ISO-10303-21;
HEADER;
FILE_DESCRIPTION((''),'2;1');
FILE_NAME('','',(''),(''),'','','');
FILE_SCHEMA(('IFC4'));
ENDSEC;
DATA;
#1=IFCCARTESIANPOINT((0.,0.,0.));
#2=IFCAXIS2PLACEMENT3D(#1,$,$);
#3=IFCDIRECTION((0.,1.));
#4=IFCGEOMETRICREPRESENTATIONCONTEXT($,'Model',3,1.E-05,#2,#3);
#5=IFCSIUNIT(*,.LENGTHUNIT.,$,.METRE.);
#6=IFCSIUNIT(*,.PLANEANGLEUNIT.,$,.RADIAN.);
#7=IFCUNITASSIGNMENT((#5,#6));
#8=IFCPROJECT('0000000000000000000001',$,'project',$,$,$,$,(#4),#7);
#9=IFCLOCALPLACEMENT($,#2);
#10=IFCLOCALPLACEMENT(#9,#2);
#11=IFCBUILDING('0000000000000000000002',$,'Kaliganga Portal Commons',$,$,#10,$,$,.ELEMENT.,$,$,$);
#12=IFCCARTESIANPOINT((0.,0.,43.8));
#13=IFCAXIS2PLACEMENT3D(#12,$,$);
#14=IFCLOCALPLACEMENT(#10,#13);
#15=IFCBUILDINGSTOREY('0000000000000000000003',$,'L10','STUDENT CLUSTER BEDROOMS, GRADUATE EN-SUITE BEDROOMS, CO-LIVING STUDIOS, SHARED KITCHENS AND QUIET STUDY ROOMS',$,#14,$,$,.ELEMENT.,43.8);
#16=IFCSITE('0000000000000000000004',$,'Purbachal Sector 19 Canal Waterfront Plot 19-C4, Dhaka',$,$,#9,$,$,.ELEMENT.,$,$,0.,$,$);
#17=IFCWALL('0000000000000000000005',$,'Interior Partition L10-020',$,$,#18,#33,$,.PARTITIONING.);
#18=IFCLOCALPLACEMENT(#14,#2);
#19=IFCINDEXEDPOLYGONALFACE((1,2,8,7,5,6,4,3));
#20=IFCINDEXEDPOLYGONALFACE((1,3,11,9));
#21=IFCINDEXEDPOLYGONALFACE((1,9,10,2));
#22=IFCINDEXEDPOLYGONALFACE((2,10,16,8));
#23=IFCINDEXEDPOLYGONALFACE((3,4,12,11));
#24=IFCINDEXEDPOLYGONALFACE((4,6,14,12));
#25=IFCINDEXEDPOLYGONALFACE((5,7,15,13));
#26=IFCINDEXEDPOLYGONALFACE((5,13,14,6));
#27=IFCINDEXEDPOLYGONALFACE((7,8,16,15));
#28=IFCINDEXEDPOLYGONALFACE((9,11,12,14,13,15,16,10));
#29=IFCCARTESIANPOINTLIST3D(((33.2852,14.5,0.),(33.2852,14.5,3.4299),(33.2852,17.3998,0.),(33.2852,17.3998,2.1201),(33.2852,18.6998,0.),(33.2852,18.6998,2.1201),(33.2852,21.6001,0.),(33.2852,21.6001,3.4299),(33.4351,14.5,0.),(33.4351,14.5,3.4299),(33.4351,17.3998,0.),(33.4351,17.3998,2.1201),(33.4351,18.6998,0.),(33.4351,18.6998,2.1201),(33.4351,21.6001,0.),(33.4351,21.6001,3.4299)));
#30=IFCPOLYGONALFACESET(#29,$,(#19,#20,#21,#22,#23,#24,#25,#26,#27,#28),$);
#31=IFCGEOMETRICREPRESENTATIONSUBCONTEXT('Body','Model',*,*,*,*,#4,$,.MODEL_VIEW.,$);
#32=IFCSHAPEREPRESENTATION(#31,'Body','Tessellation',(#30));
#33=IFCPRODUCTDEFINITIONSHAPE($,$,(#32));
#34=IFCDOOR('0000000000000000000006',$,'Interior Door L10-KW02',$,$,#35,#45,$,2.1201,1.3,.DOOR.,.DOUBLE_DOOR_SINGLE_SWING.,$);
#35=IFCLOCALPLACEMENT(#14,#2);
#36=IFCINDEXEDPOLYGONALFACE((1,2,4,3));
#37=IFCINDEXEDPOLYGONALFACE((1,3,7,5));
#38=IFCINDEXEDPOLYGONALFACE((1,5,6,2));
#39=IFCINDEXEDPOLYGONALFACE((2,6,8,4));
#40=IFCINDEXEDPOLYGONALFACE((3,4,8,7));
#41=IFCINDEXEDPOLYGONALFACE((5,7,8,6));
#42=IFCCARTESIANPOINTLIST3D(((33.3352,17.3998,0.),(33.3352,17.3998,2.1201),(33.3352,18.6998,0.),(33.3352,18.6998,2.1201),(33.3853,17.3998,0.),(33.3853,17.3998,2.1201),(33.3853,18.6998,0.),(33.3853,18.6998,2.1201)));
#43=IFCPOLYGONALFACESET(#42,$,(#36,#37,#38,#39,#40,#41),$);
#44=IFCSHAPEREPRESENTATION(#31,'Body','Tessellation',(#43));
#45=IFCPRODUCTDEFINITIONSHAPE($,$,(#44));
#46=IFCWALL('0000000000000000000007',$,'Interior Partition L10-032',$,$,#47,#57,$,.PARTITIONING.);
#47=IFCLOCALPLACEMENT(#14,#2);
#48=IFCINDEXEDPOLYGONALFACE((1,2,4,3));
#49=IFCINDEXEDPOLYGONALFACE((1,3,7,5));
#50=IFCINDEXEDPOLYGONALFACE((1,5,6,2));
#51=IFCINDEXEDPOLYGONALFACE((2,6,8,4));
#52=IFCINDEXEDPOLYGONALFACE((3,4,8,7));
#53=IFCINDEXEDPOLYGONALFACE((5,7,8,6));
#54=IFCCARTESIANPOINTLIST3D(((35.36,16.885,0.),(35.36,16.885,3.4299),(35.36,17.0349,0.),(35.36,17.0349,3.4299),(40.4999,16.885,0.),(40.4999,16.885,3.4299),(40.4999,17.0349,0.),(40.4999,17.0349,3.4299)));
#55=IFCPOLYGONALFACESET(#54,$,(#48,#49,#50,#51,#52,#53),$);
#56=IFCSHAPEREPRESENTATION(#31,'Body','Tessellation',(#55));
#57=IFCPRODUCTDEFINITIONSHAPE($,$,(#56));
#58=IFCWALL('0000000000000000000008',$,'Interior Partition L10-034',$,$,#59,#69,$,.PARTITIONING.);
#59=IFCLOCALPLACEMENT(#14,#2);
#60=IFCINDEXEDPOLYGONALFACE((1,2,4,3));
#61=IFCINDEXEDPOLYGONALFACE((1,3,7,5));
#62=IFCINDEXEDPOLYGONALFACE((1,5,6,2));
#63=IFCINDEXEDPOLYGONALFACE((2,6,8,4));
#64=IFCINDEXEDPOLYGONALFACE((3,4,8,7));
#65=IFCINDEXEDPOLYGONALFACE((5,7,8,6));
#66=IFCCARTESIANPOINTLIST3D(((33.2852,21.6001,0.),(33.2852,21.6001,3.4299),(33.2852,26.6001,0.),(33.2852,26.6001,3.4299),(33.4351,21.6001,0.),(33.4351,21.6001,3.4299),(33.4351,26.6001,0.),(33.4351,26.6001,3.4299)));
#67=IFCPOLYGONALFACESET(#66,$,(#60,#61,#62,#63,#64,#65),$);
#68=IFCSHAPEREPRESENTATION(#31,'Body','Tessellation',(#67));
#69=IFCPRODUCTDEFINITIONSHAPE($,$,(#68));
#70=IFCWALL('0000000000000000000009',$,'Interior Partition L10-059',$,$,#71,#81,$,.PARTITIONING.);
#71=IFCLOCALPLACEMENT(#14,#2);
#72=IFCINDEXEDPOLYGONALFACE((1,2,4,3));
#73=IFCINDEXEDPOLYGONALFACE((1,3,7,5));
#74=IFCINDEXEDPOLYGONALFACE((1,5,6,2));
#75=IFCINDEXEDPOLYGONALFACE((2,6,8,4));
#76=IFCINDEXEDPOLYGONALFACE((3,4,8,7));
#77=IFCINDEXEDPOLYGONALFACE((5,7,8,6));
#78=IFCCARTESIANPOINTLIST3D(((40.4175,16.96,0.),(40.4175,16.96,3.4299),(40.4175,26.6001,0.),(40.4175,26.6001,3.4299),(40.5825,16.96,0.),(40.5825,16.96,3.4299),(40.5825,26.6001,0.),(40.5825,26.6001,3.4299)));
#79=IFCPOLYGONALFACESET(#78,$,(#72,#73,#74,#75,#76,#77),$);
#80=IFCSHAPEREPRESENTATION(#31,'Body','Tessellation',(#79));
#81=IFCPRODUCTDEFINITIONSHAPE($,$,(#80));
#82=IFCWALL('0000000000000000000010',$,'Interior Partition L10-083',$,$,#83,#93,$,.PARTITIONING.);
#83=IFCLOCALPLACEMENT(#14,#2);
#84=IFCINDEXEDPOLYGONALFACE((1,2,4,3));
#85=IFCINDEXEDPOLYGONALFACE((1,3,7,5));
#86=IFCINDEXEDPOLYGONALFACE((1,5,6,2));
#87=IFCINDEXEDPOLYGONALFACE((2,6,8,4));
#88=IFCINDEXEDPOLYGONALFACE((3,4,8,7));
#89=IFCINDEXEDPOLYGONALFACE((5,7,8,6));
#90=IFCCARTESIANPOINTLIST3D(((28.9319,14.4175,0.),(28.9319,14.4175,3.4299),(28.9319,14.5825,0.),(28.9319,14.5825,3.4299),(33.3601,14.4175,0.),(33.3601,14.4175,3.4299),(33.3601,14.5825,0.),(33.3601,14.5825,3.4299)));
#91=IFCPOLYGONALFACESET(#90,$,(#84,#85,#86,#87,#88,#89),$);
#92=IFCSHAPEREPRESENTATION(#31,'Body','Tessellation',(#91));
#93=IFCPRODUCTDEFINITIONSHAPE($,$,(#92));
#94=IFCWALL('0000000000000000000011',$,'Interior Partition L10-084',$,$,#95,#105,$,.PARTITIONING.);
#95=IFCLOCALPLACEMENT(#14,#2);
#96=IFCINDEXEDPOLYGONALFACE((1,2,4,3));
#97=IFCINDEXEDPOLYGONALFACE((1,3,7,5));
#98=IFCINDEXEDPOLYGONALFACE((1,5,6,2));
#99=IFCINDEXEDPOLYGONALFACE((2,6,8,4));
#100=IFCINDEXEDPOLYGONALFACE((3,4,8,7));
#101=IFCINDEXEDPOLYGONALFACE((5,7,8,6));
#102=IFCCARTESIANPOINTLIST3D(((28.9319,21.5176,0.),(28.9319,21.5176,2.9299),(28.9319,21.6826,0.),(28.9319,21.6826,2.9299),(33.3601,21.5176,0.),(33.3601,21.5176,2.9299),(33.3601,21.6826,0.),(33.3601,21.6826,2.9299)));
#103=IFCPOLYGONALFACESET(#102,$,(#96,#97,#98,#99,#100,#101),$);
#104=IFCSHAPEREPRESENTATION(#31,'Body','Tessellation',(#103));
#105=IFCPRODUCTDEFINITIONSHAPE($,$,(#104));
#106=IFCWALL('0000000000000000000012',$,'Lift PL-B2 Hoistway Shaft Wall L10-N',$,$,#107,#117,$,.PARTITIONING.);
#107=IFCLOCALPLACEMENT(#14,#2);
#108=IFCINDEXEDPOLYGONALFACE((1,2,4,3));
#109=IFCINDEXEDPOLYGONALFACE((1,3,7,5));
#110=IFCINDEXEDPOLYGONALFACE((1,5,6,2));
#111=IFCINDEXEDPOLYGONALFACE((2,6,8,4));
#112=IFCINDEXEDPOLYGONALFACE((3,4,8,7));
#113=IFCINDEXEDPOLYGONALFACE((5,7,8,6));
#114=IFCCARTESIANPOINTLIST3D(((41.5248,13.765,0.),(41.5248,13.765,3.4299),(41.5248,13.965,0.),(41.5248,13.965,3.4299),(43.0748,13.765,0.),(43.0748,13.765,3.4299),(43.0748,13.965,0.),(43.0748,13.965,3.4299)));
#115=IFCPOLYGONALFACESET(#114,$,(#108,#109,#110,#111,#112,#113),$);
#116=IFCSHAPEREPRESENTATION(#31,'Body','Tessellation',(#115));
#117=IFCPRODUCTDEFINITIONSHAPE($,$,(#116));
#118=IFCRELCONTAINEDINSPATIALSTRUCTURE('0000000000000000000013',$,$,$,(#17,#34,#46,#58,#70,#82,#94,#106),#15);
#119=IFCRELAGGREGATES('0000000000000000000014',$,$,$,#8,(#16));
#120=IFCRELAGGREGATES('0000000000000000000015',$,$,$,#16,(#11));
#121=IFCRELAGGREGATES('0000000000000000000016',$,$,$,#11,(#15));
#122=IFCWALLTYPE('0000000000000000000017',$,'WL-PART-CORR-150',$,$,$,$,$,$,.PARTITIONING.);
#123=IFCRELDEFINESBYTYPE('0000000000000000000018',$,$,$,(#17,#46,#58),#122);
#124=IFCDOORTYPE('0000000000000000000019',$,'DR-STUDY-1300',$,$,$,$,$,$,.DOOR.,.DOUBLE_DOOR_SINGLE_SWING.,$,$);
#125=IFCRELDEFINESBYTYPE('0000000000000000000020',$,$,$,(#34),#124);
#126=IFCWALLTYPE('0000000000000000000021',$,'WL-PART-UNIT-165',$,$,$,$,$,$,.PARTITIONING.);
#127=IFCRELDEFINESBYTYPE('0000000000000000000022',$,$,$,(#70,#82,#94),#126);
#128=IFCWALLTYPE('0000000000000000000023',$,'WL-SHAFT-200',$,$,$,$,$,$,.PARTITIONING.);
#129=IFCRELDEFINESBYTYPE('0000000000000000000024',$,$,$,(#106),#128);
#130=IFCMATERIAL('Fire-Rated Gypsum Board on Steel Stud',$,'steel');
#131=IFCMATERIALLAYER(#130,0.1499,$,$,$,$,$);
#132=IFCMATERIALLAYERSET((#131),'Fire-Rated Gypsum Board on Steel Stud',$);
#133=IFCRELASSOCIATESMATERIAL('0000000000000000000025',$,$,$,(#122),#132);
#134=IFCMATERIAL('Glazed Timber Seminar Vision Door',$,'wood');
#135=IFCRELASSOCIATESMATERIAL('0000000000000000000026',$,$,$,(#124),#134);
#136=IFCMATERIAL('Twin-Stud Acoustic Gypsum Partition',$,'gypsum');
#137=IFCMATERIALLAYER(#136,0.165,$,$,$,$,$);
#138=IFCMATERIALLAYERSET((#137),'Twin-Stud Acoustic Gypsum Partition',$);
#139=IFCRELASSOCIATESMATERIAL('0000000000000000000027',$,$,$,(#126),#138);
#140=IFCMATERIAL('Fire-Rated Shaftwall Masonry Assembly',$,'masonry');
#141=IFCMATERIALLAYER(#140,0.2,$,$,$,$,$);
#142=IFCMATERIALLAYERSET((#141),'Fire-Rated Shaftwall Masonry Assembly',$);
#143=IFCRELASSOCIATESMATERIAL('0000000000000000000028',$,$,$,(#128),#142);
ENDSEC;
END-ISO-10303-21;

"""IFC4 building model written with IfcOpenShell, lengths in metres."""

from ifc_helpers import new_model, si_unit, direction, frame, frame_2d, origin, place, context, subcontext, project, spatial, rectangle, extrude, material, layer, layer_set, type_object, element, fill, save


model = new_model("IFC4")

# Units and contexts
model_context = context("Model", 3, precision=1e-05, world=origin(), true_north=direction((0.0, 1.0)))
body_context = subcontext(model_context, "Body", "Model", "MODEL_VIEW")
ifc_project = project(units=[si_unit("LENGTHUNIT", "METRE"), si_unit("PLANEANGLEUNIT", "RADIAN")], contexts=[model_context])

# Site, building, storey
site_placement = place(None, origin())
site = spatial("IfcSite", under=ifc_project, at=site_placement, Name="Purbachal Sector 19 Canal Waterfront Plot 19-C4, Dhaka", CompositionType="ELEMENT", RefElevation=0.0)
building_placement = place(site_placement, origin())
building = spatial("IfcBuilding", under=site, at=building_placement, Name="Kaliganga Portal Commons", CompositionType="ELEMENT")
storey_placement = place(building_placement, frame((0.0, 0.0, 43.8)))
storey = spatial("IfcBuildingStorey", under=building, at=storey_placement, Name="L10", Description="STUDENT CLUSTER BEDROOMS, GRADUATE EN-SUITE BEDROOMS, CO-LIVING STUDIOS, SHARED KITCHENS AND QUIET STUDY ROOMS", CompositionType="ELEMENT", Elevation=43.8)

# Wall, opening, door
ifc_material_1 = material(Name="Fire-Rated Gypsum Board on Steel Stud", Category="steel")
ifc_layer_1 = layer(ifc_material_1, 0.1499)
ifc_layer_set_1 = layer_set([ifc_layer_1], Name="Fire-Rated Gypsum Board on Steel Stud")
wall_type_1 = type_object("IfcWallType", Name="WL-PART-CORR-150", PredefinedType="PARTITIONING", material=ifc_layer_set_1)
ifc_material_2 = material(Name="Glazed Timber Seminar Vision Door", Category="wood")
door_type = type_object("IfcDoorType", Name="DR-STUDY-1300", OperationType="DOUBLE_DOOR_SINGLE_SWING", PredefinedType="DOOR", material=ifc_material_2)
wall_1_placement = place(storey_placement, frame((33.3601, 14.5, 0.0), z_axis=(0.0, 0.0, 1.0), x_axis=(0.0, 1.0, 0.0)))
wall_1 = element("IfcWall", 1, at=wall_1_placement, inside=storey, type_object=wall_type_1, Name="Interior Partition L10-020", PredefinedType="PARTITIONING", context=body_context, shape_type="SweptSolid", body=[
    extrude(rectangle(XDim=7.1001, YDim=0.1499, at=frame_2d((3.55, 0.0))), origin(), (0.0, 0.0, 1.0), 3.4299),
])
opening_1_placement = place(wall_1_placement, frame((2.8999, 0.0, 0.0)))
opening_1 = element("IfcOpeningElement", 2, at=opening_1_placement, cuts=wall_1, PredefinedType="OPENING", context=body_context, shape_type="SweptSolid", body=[
    extrude(rectangle(XDim=1.3, YDim=2.1201, at=frame_2d((0.6499, 1.0601))), frame((0.0, 0.085, 0.0), z_axis=(0.0, -1.0, 0.0), x_axis=(1.0, 0.0, 0.0)), (0.0, 0.0, 1.0), 0.1699),
])
door_1_placement = place(opening_1_placement, origin())
door_1 = element("IfcDoor", 3, at=door_1_placement, inside=storey, type_object=door_type, Name="Interior Door L10-KW02", OperationType="DOUBLE_DOOR_SINGLE_SWING", OverallHeight=2.1201, OverallWidth=1.3, PredefinedType="DOOR", context=body_context, shape_type="SweptSolid", body=[
    extrude(rectangle(XDim=1.3, YDim=2.1201, at=frame_2d((0.6499, 1.0601))), frame((0.0, 0.0249, 0.0), z_axis=(0.0, -1.0, 0.0), x_axis=(1.0, 0.0, 0.0)), (0.0, 0.0, 1.0), 0.05),
])
fill(opening_1, door_1)

# Walls
wall_2_placement = place(storey_placement, frame((35.3601, 16.96, 0.0), z_axis=(0.0, 0.0, 1.0), x_axis=(1.0, 0.0, 0.0)))
element("IfcWall", 4, at=wall_2_placement, inside=storey, type_object=wall_type_1, Name="Interior Partition L10-032", PredefinedType="PARTITIONING", context=body_context, shape_type="SweptSolid", body=[
    extrude(rectangle(XDim=5.1399, YDim=0.1499, at=frame_2d((2.5698, 0.0))), origin(), (0.0, 0.0, 1.0), 3.4299),
])
wall_3_placement = place(storey_placement, frame((33.3601, 21.6001, 0.0), z_axis=(0.0, 0.0, 1.0), x_axis=(0.0, 1.0, 0.0)))
element("IfcWall", 5, at=wall_3_placement, inside=storey, type_object=wall_type_1, Name="Interior Partition L10-034", PredefinedType="PARTITIONING", context=body_context, shape_type="SweptSolid", body=[
    extrude(rectangle(XDim=5.0, YDim=0.1499, at=frame_2d((2.5, 0.0))), origin(), (0.0, 0.0, 1.0), 3.4299),
])
ifc_material_3 = material(Name="Twin-Stud Acoustic Gypsum Partition", Category="gypsum")
ifc_layer_2 = layer(ifc_material_3, 0.165)
ifc_layer_set_2 = layer_set([ifc_layer_2], Name="Twin-Stud Acoustic Gypsum Partition")
wall_type_2 = type_object("IfcWallType", Name="WL-PART-UNIT-165", PredefinedType="PARTITIONING", material=ifc_layer_set_2)
wall_4_placement = place(storey_placement, frame((40.5, 16.96, 0.0), z_axis=(0.0, 0.0, 1.0), x_axis=(0.0, 1.0, 0.0)))
element("IfcWall", 6, at=wall_4_placement, inside=storey, type_object=wall_type_2, Name="Interior Partition L10-059", PredefinedType="PARTITIONING", context=body_context, shape_type="SweptSolid", body=[
    extrude(rectangle(XDim=9.6401, YDim=0.165, at=frame_2d((4.8201, 0.0))), origin(), (0.0, 0.0, 1.0), 3.4299),
])
wall_5_placement = place(storey_placement, frame((28.9319, 14.5, 0.0), z_axis=(0.0, 0.0, 1.0), x_axis=(1.0, 0.0, 0.0)))
element("IfcWall", 7, at=wall_5_placement, inside=storey, type_object=wall_type_2, Name="Interior Partition L10-083", PredefinedType="PARTITIONING", context=body_context, shape_type="SweptSolid", body=[
    extrude(rectangle(XDim=4.4282, YDim=0.165, at=frame_2d((2.2141, 0.0))), origin(), (0.0, 0.0, 1.0), 3.4299),
])
wall_6_placement = place(storey_placement, frame((28.9319, 21.6001, 0.0), z_axis=(0.0, 0.0, 1.0), x_axis=(1.0, 0.0, 0.0)))
element("IfcWall", 8, at=wall_6_placement, inside=storey, type_object=wall_type_2, Name="Interior Partition L10-084", PredefinedType="PARTITIONING", context=body_context, shape_type="SweptSolid", body=[
    extrude(rectangle(XDim=4.4282, YDim=0.165, at=frame_2d((2.2141, 0.0))), origin(), (0.0, 0.0, 1.0), 2.9299),
])
ifc_material_4 = material(Name="Fire-Rated Shaftwall Masonry Assembly", Category="masonry")
ifc_layer_3 = layer(ifc_material_4, 0.2)
ifc_layer_set_3 = layer_set([ifc_layer_3], Name="Fire-Rated Shaftwall Masonry Assembly")
wall_type_3 = type_object("IfcWallType", Name="WL-SHAFT-200", PredefinedType="PARTITIONING", material=ifc_layer_set_3)
wall_7_placement = place(storey_placement, frame((41.5249, 13.865, 0.0), z_axis=(0.0, 0.0, 1.0), x_axis=(1.0, 0.0, 0.0)))
element("IfcWall", 9, at=wall_7_placement, inside=storey, type_object=wall_type_3, Name="Lift PL-B2 Hoistway Shaft Wall L10-N", PredefinedType="PARTITIONING", context=body_context, shape_type="SweptSolid", body=[
    extrude(rectangle(XDim=1.55, YDim=0.2, at=frame_2d((0.7749, 0.0))), origin(), (0.0, 0.0, 1.0), 3.4299),
])

save(model, "model.ifc")
